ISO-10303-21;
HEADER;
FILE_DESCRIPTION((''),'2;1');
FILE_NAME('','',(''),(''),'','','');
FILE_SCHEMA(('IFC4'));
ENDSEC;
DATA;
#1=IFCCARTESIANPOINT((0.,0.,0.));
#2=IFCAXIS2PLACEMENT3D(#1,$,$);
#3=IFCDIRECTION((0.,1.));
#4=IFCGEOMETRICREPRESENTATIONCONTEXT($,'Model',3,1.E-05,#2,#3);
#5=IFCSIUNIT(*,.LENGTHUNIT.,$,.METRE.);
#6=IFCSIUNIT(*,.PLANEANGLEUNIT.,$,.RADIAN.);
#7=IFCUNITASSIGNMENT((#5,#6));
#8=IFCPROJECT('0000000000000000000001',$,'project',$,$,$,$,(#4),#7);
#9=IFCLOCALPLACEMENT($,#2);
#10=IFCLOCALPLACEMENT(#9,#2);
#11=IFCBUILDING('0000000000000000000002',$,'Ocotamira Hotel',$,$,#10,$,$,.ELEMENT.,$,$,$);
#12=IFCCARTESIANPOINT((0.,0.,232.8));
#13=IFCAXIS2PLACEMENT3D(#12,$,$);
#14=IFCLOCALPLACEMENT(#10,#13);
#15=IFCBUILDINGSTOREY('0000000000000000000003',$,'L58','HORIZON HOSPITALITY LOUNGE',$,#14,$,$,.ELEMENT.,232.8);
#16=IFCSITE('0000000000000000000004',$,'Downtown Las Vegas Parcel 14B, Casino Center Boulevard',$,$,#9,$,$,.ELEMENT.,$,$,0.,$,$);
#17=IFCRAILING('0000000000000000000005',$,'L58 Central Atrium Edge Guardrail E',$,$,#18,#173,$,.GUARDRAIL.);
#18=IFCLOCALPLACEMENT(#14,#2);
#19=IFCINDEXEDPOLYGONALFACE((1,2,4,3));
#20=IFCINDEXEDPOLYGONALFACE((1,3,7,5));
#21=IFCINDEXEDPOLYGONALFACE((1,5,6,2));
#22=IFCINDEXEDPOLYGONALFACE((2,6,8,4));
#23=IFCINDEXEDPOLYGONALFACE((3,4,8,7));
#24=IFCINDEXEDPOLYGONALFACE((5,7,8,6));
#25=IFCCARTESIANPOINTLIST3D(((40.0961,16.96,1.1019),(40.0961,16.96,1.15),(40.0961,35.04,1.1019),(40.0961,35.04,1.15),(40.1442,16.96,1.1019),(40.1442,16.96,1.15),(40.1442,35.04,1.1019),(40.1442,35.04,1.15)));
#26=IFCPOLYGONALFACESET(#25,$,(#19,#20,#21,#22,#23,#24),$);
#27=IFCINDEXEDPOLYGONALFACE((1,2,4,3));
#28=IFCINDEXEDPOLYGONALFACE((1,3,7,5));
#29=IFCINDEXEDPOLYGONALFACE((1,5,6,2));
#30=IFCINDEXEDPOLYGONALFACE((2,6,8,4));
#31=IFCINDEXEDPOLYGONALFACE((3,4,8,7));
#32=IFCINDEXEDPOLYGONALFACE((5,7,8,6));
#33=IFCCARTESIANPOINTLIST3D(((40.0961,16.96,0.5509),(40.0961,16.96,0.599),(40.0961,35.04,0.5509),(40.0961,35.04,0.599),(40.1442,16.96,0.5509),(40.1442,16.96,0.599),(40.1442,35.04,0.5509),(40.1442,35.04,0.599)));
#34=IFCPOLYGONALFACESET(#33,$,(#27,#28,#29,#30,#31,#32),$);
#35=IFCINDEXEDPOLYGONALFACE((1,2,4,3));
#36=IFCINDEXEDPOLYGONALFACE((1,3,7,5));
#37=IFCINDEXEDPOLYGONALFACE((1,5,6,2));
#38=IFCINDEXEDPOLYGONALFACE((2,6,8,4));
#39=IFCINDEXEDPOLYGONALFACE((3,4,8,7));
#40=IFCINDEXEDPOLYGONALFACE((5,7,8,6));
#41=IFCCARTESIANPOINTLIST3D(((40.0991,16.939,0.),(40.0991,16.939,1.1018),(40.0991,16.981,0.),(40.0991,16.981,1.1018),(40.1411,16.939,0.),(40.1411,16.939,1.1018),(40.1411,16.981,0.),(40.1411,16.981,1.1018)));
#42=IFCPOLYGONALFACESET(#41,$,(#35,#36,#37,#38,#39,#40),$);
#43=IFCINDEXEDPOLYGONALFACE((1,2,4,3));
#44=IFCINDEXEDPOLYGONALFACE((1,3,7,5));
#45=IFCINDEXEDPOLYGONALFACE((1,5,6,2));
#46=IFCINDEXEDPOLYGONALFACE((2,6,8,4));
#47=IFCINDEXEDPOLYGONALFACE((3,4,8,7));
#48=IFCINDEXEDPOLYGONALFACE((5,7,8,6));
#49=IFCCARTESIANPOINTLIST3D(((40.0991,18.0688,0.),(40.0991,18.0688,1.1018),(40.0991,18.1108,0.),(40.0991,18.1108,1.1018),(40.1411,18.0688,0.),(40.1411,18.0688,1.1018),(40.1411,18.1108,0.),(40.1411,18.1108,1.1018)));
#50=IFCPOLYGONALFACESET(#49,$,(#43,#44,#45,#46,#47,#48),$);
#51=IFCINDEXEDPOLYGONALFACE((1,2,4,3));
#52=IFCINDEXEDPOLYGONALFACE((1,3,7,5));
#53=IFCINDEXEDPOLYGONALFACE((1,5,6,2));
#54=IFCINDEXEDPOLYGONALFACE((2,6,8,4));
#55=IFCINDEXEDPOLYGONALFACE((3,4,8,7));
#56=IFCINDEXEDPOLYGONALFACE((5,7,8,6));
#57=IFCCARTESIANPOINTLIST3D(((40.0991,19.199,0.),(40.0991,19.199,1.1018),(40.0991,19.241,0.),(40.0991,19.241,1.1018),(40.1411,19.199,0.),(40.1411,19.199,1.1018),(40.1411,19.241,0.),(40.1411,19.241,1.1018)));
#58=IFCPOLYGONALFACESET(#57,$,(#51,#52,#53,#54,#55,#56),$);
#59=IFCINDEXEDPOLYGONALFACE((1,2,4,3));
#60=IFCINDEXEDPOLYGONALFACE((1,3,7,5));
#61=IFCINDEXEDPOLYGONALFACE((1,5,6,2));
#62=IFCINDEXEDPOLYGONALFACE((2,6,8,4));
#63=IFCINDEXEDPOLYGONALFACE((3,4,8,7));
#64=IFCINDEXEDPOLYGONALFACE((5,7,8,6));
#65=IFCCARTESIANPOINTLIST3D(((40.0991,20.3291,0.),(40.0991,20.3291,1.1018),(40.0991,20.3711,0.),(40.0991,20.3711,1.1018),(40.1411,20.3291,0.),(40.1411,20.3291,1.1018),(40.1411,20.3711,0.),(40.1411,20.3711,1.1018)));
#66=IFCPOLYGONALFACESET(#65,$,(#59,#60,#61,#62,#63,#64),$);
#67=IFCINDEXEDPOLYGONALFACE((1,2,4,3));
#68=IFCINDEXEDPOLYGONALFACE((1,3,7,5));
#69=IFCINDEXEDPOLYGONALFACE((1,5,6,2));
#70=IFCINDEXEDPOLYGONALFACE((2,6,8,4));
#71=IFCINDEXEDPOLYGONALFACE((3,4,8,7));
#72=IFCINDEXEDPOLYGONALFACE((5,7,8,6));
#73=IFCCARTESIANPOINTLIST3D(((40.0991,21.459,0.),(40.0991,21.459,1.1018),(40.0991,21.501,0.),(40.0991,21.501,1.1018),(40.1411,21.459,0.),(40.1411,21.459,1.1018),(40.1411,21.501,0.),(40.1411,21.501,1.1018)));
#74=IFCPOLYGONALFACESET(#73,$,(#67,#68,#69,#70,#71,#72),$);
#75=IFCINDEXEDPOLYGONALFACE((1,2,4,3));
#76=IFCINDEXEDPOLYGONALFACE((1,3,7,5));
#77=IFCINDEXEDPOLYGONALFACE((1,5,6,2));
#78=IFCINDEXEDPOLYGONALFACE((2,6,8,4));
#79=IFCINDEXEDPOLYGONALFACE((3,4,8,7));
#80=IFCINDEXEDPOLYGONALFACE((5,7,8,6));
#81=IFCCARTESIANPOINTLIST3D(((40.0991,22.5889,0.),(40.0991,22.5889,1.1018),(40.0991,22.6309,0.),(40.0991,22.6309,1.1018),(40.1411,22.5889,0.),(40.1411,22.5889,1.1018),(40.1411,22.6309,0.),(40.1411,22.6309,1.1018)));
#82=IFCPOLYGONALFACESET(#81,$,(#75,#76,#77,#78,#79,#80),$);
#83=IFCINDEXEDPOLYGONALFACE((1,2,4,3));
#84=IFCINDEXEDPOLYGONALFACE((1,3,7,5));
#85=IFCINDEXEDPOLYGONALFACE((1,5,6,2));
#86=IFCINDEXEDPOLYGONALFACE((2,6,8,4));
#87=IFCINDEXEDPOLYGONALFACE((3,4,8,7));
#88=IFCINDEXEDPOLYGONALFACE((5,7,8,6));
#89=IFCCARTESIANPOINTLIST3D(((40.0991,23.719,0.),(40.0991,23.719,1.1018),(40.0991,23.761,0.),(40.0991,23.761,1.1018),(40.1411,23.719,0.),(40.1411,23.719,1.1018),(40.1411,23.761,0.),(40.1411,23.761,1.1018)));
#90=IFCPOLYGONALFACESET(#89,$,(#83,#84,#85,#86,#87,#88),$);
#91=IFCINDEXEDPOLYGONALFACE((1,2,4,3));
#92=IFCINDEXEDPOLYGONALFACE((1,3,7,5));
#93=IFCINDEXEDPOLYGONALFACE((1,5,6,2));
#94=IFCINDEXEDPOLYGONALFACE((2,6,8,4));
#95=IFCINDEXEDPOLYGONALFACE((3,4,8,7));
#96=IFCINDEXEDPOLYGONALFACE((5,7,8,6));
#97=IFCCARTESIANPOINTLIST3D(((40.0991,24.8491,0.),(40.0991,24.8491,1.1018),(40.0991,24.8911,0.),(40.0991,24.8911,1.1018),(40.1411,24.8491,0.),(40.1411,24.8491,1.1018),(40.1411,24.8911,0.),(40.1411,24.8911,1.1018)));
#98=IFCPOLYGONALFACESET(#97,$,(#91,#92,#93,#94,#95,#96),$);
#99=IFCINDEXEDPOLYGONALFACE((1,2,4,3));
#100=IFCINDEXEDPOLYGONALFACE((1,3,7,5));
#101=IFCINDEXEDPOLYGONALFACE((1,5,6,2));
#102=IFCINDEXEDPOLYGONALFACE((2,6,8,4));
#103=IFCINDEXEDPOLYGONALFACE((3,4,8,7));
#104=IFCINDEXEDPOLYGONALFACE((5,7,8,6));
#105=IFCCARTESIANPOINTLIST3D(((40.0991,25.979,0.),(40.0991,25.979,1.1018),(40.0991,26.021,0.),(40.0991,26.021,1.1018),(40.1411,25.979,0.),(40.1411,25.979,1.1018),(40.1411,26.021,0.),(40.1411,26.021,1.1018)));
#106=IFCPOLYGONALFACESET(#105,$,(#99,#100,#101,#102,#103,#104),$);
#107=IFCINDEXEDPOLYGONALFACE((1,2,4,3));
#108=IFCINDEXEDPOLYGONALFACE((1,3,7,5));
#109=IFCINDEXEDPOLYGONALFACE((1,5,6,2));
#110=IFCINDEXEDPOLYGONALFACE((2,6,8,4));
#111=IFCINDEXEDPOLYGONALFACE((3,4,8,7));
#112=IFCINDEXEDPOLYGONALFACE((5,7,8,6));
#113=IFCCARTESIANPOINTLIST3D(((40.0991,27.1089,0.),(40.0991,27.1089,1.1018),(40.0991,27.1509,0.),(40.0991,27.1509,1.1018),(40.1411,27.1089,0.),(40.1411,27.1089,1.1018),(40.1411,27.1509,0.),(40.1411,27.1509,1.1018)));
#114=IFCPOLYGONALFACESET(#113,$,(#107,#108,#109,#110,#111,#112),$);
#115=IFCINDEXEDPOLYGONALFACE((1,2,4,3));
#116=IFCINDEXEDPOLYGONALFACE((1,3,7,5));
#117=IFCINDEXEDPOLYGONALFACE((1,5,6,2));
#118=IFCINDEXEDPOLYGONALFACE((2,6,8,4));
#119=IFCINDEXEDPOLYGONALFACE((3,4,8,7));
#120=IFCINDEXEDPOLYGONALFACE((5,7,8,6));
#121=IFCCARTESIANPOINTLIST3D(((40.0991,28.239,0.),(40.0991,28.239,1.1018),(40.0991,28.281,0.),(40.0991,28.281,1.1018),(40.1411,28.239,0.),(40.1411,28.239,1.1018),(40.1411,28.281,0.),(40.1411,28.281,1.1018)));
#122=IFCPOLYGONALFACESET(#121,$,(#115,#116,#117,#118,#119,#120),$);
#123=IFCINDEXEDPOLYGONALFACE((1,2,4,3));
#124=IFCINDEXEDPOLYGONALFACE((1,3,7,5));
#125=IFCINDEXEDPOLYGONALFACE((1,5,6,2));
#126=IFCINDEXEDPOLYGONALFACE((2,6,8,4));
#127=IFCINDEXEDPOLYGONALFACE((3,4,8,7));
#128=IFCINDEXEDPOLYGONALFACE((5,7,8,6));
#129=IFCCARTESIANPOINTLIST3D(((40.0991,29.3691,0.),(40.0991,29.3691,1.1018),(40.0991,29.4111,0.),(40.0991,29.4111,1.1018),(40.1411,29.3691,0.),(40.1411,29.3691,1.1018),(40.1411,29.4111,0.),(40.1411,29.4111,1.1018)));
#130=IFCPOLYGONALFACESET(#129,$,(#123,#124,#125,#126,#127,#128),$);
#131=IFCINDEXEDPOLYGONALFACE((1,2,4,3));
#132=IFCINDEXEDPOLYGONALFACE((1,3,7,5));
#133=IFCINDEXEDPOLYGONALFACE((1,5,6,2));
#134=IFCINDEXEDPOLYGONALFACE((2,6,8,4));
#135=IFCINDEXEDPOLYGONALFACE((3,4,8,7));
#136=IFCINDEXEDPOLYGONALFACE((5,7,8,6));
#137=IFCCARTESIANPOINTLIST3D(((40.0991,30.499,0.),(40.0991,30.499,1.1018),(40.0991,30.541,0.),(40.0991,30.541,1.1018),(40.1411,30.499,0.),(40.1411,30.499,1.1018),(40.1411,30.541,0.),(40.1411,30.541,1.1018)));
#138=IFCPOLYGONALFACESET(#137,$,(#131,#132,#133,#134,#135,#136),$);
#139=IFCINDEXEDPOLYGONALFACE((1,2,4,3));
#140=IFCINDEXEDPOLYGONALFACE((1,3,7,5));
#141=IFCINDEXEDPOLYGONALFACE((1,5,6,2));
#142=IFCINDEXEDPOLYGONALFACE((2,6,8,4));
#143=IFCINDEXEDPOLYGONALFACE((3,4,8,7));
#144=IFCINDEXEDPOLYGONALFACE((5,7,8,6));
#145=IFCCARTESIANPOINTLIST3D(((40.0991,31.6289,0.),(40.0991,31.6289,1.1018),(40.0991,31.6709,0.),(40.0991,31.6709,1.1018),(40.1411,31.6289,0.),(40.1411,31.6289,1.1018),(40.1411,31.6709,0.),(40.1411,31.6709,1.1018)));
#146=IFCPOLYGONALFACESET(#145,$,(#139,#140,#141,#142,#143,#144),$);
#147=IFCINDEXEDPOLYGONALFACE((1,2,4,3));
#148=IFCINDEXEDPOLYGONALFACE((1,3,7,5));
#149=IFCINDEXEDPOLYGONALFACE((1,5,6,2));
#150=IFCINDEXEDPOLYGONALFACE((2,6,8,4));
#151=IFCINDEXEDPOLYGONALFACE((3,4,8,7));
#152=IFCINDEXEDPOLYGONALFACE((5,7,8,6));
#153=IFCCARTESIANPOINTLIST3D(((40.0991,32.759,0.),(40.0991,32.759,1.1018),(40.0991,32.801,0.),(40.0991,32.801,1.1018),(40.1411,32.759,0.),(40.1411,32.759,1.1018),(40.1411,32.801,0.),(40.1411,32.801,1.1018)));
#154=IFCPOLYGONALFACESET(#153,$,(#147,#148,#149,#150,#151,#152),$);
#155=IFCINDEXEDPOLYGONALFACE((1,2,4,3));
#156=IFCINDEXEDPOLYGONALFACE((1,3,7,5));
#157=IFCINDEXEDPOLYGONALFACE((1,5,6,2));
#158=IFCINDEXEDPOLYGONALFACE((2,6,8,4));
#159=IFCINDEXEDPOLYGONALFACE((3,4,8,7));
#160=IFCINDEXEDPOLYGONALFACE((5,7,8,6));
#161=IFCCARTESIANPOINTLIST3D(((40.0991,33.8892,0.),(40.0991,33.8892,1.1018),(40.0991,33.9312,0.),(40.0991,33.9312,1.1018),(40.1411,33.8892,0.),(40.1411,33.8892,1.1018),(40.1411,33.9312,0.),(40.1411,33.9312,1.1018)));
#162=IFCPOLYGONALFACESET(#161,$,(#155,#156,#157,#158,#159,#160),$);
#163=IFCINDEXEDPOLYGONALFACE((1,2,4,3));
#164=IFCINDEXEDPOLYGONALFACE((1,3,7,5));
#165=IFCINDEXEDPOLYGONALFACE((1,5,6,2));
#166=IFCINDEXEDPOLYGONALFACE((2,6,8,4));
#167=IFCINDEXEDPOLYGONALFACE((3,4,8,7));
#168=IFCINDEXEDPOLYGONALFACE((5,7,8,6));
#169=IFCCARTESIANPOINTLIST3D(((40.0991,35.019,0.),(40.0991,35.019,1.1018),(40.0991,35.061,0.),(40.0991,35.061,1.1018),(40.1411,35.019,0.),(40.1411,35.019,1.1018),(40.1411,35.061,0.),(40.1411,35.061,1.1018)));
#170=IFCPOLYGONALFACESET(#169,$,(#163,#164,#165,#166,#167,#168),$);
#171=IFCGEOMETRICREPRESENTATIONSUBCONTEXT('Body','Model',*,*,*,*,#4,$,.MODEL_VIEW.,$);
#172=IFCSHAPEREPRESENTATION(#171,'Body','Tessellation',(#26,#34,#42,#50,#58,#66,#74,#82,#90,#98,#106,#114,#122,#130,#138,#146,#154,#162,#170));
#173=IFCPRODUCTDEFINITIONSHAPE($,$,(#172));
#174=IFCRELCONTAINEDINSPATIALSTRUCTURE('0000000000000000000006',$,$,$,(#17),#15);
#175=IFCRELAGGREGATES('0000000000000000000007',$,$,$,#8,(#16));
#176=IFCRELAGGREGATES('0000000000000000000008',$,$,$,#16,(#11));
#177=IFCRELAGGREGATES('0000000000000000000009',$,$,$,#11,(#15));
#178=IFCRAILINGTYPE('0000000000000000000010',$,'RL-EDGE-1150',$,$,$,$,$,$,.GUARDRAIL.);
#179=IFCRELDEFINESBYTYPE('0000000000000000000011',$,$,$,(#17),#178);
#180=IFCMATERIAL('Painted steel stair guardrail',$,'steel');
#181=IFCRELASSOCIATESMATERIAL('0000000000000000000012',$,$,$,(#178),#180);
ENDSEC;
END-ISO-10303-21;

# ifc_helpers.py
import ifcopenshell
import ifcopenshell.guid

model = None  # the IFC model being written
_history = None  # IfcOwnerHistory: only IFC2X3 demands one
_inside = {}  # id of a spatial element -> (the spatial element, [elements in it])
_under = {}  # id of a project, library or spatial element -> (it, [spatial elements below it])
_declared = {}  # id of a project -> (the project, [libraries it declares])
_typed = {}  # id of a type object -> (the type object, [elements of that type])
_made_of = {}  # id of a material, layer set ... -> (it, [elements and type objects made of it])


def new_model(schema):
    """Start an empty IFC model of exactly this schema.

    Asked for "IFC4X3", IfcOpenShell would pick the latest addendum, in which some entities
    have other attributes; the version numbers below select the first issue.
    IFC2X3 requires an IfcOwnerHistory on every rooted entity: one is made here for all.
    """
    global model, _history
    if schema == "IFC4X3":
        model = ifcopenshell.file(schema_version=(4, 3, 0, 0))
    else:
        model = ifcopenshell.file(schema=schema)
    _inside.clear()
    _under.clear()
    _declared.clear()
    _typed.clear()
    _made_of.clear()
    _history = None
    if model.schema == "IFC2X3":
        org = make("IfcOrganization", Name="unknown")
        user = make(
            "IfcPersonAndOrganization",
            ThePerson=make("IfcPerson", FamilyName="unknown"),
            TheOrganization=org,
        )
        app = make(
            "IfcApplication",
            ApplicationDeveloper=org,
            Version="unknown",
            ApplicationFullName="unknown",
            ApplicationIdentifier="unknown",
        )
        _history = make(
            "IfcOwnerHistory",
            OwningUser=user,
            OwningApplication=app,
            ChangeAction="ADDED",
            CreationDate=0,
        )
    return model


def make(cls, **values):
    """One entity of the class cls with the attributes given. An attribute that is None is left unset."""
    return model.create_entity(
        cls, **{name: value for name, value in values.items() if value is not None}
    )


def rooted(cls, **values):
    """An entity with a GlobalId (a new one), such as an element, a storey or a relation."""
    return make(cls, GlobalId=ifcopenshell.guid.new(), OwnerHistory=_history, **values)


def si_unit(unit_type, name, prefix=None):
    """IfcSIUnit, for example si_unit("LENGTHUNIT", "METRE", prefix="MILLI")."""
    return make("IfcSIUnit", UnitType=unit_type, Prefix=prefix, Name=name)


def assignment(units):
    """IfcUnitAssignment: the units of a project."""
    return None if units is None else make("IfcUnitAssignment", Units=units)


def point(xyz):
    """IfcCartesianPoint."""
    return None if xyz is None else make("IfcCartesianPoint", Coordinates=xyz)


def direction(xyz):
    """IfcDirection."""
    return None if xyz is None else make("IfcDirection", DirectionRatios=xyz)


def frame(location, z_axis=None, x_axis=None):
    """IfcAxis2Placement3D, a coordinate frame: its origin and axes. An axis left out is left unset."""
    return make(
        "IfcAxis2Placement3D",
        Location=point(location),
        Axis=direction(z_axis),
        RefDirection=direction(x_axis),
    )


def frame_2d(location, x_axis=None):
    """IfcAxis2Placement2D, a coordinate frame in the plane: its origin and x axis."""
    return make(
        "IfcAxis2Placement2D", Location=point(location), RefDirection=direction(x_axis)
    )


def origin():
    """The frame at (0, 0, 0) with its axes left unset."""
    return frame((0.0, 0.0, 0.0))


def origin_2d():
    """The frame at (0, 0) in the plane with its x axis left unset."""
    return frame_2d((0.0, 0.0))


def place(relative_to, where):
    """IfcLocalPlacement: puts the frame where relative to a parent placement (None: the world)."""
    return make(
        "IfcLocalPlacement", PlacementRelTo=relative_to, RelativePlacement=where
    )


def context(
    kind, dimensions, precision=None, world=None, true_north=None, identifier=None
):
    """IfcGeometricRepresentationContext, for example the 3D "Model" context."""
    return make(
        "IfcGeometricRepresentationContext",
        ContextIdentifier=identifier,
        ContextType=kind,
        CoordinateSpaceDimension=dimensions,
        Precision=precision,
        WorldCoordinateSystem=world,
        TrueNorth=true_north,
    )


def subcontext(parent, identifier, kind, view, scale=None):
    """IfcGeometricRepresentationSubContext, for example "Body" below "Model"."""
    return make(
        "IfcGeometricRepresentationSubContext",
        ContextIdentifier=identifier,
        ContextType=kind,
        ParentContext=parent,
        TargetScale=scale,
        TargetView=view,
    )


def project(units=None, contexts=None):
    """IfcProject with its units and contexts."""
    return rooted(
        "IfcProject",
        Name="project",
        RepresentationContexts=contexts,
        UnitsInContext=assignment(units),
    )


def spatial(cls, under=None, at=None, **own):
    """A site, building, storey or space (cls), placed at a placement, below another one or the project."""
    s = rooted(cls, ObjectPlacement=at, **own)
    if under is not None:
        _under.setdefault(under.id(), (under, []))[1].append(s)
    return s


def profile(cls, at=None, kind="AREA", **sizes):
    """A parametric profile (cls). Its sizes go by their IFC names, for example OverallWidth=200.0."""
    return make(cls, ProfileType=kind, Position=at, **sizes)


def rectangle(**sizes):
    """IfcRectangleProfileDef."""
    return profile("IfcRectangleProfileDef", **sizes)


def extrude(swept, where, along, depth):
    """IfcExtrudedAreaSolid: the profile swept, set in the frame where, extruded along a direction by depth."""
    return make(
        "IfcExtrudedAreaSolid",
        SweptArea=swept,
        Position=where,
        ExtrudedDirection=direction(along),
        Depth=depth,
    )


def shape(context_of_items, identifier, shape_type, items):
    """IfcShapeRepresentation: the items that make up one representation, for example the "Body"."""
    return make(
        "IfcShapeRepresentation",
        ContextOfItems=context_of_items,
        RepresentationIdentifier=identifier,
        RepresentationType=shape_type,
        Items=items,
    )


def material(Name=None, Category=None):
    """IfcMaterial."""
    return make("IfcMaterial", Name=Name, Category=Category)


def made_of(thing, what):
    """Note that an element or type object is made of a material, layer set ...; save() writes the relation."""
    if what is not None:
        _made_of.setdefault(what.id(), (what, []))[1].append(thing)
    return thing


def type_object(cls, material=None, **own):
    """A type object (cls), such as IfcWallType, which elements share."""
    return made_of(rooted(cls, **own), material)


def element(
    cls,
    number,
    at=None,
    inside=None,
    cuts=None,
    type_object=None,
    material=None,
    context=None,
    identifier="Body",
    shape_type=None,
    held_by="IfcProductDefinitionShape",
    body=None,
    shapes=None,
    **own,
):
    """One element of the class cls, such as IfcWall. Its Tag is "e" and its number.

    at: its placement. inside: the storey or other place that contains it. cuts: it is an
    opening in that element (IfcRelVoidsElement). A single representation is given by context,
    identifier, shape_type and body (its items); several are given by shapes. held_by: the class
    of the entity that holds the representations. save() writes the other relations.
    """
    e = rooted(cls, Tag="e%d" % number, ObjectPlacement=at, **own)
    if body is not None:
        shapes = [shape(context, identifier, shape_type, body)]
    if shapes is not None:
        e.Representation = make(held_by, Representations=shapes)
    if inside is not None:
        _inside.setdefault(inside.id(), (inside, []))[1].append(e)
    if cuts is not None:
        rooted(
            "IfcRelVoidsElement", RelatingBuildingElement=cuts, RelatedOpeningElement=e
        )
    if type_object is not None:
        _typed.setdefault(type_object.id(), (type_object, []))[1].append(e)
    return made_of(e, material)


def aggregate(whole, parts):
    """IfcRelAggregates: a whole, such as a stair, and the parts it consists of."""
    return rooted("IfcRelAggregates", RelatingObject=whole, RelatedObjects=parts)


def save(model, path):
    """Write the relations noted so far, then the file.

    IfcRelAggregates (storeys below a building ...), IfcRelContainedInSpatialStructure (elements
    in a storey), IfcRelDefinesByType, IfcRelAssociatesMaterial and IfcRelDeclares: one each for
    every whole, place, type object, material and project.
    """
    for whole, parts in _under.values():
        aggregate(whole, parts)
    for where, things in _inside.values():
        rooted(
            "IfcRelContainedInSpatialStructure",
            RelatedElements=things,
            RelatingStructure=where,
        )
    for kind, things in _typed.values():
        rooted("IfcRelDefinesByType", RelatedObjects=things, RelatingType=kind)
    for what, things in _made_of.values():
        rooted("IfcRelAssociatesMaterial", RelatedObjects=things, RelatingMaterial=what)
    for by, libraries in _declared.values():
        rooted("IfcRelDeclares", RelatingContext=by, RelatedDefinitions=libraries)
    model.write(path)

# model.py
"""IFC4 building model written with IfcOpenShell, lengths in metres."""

from ifc_helpers import new_model, si_unit, direction, frame, origin, origin_2d, place, context, subcontext, project, spatial, rectangle, extrude, material, type_object, element, save


model = new_model("IFC4")

# Units and contexts
model_context = context("Model", 3, precision=1e-05, world=origin(), true_north=direction((0.0, 1.0)))
body_context = subcontext(model_context, "Body", "Model", "MODEL_VIEW")
ifc_project = project(units=[si_unit("LENGTHUNIT", "METRE"), si_unit("PLANEANGLEUNIT", "RADIAN")], contexts=[model_context])

# Site, building, storey
site_placement = place(None, origin())
site = spatial("IfcSite", under=ifc_project, at=site_placement, Name="Downtown Las Vegas Parcel 14B, Casino Center Boulevard", CompositionType="ELEMENT", RefElevation=0.0)
building_placement = place(site_placement, origin())
building = spatial("IfcBuilding", under=site, at=building_placement, Name="Ocotamira Hotel", CompositionType="ELEMENT")
storey_placement = place(building_placement, frame((0.0, 0.0, 232.8)))
storey = spatial("IfcBuildingStorey", under=building, at=storey_placement, Name="L58", Description="HORIZON HOSPITALITY LOUNGE", CompositionType="ELEMENT", Elevation=232.8)

# Railing
ifc_material_1 = material(Name="Painted steel stair guardrail", Category="steel")
railing_type = type_object("IfcRailingType", Name="RL-EDGE-1150", PredefinedType="GUARDRAIL", material=ifc_material_1)
railing_placement = place(storey_placement, frame((40.1201, 16.96, 0.0)))
element("IfcRailing", 1, at=railing_placement, inside=storey, type_object=railing_type, Name="L58 Central Atrium Edge Guardrail E", PredefinedType="GUARDRAIL", context=body_context, shape_type="SweptSolid", body=[
    extrude(rectangle(XDim=0.0481, YDim=0.0481, at=origin_2d()), frame((0.0, 0.0, 1.126), z_axis=(0.0, 1.0, 0.0), x_axis=(-1.0, 0.0, 0.0)), (0.0, 0.0, 1.0), 18.0801),
    extrude(rectangle(XDim=0.0481, YDim=0.0481, at=origin_2d()), frame((0.0, 0.0, 0.575), z_axis=(0.0, 1.0, 0.0), x_axis=(-1.0, 0.0, 0.0)), (0.0, 0.0, 1.0), 18.0801),
    extrude(rectangle(XDim=0.042, YDim=0.042, at=origin_2d()), origin(), (0.0, 0.0, 1.0), 1.1018),
    extrude(rectangle(XDim=0.042, YDim=0.042, at=origin_2d()), frame((0.0, 1.1299, 0.0)), (0.0, 0.0, 1.0), 1.1018),
    extrude(rectangle(XDim=0.042, YDim=0.042, at=origin_2d()), frame((0.0, 2.26, 0.0)), (0.0, 0.0, 1.0), 1.1018),
    extrude(rectangle(XDim=0.042, YDim=0.042, at=origin_2d()), frame((0.0, 3.3901, 0.0)), (0.0, 0.0, 1.0), 1.1018),
    extrude(rectangle(XDim=0.042, YDim=0.042, at=origin_2d()), frame((0.0, 4.52, 0.0)), (0.0, 0.0, 1.0), 1.1018),
    extrude(rectangle(XDim=0.042, YDim=0.042, at=origin_2d()), frame((0.0, 5.6499, 0.0)), (0.0, 0.0, 1.0), 1.1018),
    extrude(rectangle(XDim=0.042, YDim=0.042, at=origin_2d()), frame((0.0, 6.78, 0.0)), (0.0, 0.0, 1.0), 1.1018),
    extrude(rectangle(XDim=0.042, YDim=0.042, at=origin_2d()), frame((0.0, 7.9102, 0.0)), (0.0, 0.0, 1.0), 1.1018),
    extrude(rectangle(XDim=0.042, YDim=0.042, at=origin_2d()), frame((0.0, 9.04, 0.0)), (0.0, 0.0, 1.0), 1.1018),
    extrude(rectangle(XDim=0.042, YDim=0.042, at=origin_2d()), frame((0.0, 10.1699, 0.0)), (0.0, 0.0, 1.0), 1.1018),
    extrude(rectangle(XDim=0.042, YDim=0.042, at=origin_2d()), frame((0.0, 11.3, 0.0)), (0.0, 0.0, 1.0), 1.1018),
    extrude(rectangle(XDim=0.042, YDim=0.042, at=origin_2d()), frame((0.0, 12.4302, 0.0)), (0.0, 0.0, 1.0), 1.1018),
    extrude(rectangle(XDim=0.042, YDim=0.042, at=origin_2d()), frame((0.0, 13.5601, 0.0)), (0.0, 0.0, 1.0), 1.1018),
    extrude(rectangle(XDim=0.042, YDim=0.042, at=origin_2d()), frame((0.0, 14.6899, 0.0)), (0.0, 0.0, 1.0), 1.1018),
    extrude(rectangle(XDim=0.042, YDim=0.042, at=origin_2d()), frame((0.0, 15.8201, 0.0)), (0.0, 0.0, 1.0), 1.1018),
    extrude(rectangle(XDim=0.042, YDim=0.042, at=origin_2d()), frame((0.0, 16.9502, 0.0)), (0.0, 0.0, 1.0), 1.1018),
    extrude(rectangle(XDim=0.042, YDim=0.042, at=origin_2d()), frame((0.0, 18.0801, 0.0)), (0.0, 0.0, 1.0), 1.1018),
])

save(model, "model.ifc")
